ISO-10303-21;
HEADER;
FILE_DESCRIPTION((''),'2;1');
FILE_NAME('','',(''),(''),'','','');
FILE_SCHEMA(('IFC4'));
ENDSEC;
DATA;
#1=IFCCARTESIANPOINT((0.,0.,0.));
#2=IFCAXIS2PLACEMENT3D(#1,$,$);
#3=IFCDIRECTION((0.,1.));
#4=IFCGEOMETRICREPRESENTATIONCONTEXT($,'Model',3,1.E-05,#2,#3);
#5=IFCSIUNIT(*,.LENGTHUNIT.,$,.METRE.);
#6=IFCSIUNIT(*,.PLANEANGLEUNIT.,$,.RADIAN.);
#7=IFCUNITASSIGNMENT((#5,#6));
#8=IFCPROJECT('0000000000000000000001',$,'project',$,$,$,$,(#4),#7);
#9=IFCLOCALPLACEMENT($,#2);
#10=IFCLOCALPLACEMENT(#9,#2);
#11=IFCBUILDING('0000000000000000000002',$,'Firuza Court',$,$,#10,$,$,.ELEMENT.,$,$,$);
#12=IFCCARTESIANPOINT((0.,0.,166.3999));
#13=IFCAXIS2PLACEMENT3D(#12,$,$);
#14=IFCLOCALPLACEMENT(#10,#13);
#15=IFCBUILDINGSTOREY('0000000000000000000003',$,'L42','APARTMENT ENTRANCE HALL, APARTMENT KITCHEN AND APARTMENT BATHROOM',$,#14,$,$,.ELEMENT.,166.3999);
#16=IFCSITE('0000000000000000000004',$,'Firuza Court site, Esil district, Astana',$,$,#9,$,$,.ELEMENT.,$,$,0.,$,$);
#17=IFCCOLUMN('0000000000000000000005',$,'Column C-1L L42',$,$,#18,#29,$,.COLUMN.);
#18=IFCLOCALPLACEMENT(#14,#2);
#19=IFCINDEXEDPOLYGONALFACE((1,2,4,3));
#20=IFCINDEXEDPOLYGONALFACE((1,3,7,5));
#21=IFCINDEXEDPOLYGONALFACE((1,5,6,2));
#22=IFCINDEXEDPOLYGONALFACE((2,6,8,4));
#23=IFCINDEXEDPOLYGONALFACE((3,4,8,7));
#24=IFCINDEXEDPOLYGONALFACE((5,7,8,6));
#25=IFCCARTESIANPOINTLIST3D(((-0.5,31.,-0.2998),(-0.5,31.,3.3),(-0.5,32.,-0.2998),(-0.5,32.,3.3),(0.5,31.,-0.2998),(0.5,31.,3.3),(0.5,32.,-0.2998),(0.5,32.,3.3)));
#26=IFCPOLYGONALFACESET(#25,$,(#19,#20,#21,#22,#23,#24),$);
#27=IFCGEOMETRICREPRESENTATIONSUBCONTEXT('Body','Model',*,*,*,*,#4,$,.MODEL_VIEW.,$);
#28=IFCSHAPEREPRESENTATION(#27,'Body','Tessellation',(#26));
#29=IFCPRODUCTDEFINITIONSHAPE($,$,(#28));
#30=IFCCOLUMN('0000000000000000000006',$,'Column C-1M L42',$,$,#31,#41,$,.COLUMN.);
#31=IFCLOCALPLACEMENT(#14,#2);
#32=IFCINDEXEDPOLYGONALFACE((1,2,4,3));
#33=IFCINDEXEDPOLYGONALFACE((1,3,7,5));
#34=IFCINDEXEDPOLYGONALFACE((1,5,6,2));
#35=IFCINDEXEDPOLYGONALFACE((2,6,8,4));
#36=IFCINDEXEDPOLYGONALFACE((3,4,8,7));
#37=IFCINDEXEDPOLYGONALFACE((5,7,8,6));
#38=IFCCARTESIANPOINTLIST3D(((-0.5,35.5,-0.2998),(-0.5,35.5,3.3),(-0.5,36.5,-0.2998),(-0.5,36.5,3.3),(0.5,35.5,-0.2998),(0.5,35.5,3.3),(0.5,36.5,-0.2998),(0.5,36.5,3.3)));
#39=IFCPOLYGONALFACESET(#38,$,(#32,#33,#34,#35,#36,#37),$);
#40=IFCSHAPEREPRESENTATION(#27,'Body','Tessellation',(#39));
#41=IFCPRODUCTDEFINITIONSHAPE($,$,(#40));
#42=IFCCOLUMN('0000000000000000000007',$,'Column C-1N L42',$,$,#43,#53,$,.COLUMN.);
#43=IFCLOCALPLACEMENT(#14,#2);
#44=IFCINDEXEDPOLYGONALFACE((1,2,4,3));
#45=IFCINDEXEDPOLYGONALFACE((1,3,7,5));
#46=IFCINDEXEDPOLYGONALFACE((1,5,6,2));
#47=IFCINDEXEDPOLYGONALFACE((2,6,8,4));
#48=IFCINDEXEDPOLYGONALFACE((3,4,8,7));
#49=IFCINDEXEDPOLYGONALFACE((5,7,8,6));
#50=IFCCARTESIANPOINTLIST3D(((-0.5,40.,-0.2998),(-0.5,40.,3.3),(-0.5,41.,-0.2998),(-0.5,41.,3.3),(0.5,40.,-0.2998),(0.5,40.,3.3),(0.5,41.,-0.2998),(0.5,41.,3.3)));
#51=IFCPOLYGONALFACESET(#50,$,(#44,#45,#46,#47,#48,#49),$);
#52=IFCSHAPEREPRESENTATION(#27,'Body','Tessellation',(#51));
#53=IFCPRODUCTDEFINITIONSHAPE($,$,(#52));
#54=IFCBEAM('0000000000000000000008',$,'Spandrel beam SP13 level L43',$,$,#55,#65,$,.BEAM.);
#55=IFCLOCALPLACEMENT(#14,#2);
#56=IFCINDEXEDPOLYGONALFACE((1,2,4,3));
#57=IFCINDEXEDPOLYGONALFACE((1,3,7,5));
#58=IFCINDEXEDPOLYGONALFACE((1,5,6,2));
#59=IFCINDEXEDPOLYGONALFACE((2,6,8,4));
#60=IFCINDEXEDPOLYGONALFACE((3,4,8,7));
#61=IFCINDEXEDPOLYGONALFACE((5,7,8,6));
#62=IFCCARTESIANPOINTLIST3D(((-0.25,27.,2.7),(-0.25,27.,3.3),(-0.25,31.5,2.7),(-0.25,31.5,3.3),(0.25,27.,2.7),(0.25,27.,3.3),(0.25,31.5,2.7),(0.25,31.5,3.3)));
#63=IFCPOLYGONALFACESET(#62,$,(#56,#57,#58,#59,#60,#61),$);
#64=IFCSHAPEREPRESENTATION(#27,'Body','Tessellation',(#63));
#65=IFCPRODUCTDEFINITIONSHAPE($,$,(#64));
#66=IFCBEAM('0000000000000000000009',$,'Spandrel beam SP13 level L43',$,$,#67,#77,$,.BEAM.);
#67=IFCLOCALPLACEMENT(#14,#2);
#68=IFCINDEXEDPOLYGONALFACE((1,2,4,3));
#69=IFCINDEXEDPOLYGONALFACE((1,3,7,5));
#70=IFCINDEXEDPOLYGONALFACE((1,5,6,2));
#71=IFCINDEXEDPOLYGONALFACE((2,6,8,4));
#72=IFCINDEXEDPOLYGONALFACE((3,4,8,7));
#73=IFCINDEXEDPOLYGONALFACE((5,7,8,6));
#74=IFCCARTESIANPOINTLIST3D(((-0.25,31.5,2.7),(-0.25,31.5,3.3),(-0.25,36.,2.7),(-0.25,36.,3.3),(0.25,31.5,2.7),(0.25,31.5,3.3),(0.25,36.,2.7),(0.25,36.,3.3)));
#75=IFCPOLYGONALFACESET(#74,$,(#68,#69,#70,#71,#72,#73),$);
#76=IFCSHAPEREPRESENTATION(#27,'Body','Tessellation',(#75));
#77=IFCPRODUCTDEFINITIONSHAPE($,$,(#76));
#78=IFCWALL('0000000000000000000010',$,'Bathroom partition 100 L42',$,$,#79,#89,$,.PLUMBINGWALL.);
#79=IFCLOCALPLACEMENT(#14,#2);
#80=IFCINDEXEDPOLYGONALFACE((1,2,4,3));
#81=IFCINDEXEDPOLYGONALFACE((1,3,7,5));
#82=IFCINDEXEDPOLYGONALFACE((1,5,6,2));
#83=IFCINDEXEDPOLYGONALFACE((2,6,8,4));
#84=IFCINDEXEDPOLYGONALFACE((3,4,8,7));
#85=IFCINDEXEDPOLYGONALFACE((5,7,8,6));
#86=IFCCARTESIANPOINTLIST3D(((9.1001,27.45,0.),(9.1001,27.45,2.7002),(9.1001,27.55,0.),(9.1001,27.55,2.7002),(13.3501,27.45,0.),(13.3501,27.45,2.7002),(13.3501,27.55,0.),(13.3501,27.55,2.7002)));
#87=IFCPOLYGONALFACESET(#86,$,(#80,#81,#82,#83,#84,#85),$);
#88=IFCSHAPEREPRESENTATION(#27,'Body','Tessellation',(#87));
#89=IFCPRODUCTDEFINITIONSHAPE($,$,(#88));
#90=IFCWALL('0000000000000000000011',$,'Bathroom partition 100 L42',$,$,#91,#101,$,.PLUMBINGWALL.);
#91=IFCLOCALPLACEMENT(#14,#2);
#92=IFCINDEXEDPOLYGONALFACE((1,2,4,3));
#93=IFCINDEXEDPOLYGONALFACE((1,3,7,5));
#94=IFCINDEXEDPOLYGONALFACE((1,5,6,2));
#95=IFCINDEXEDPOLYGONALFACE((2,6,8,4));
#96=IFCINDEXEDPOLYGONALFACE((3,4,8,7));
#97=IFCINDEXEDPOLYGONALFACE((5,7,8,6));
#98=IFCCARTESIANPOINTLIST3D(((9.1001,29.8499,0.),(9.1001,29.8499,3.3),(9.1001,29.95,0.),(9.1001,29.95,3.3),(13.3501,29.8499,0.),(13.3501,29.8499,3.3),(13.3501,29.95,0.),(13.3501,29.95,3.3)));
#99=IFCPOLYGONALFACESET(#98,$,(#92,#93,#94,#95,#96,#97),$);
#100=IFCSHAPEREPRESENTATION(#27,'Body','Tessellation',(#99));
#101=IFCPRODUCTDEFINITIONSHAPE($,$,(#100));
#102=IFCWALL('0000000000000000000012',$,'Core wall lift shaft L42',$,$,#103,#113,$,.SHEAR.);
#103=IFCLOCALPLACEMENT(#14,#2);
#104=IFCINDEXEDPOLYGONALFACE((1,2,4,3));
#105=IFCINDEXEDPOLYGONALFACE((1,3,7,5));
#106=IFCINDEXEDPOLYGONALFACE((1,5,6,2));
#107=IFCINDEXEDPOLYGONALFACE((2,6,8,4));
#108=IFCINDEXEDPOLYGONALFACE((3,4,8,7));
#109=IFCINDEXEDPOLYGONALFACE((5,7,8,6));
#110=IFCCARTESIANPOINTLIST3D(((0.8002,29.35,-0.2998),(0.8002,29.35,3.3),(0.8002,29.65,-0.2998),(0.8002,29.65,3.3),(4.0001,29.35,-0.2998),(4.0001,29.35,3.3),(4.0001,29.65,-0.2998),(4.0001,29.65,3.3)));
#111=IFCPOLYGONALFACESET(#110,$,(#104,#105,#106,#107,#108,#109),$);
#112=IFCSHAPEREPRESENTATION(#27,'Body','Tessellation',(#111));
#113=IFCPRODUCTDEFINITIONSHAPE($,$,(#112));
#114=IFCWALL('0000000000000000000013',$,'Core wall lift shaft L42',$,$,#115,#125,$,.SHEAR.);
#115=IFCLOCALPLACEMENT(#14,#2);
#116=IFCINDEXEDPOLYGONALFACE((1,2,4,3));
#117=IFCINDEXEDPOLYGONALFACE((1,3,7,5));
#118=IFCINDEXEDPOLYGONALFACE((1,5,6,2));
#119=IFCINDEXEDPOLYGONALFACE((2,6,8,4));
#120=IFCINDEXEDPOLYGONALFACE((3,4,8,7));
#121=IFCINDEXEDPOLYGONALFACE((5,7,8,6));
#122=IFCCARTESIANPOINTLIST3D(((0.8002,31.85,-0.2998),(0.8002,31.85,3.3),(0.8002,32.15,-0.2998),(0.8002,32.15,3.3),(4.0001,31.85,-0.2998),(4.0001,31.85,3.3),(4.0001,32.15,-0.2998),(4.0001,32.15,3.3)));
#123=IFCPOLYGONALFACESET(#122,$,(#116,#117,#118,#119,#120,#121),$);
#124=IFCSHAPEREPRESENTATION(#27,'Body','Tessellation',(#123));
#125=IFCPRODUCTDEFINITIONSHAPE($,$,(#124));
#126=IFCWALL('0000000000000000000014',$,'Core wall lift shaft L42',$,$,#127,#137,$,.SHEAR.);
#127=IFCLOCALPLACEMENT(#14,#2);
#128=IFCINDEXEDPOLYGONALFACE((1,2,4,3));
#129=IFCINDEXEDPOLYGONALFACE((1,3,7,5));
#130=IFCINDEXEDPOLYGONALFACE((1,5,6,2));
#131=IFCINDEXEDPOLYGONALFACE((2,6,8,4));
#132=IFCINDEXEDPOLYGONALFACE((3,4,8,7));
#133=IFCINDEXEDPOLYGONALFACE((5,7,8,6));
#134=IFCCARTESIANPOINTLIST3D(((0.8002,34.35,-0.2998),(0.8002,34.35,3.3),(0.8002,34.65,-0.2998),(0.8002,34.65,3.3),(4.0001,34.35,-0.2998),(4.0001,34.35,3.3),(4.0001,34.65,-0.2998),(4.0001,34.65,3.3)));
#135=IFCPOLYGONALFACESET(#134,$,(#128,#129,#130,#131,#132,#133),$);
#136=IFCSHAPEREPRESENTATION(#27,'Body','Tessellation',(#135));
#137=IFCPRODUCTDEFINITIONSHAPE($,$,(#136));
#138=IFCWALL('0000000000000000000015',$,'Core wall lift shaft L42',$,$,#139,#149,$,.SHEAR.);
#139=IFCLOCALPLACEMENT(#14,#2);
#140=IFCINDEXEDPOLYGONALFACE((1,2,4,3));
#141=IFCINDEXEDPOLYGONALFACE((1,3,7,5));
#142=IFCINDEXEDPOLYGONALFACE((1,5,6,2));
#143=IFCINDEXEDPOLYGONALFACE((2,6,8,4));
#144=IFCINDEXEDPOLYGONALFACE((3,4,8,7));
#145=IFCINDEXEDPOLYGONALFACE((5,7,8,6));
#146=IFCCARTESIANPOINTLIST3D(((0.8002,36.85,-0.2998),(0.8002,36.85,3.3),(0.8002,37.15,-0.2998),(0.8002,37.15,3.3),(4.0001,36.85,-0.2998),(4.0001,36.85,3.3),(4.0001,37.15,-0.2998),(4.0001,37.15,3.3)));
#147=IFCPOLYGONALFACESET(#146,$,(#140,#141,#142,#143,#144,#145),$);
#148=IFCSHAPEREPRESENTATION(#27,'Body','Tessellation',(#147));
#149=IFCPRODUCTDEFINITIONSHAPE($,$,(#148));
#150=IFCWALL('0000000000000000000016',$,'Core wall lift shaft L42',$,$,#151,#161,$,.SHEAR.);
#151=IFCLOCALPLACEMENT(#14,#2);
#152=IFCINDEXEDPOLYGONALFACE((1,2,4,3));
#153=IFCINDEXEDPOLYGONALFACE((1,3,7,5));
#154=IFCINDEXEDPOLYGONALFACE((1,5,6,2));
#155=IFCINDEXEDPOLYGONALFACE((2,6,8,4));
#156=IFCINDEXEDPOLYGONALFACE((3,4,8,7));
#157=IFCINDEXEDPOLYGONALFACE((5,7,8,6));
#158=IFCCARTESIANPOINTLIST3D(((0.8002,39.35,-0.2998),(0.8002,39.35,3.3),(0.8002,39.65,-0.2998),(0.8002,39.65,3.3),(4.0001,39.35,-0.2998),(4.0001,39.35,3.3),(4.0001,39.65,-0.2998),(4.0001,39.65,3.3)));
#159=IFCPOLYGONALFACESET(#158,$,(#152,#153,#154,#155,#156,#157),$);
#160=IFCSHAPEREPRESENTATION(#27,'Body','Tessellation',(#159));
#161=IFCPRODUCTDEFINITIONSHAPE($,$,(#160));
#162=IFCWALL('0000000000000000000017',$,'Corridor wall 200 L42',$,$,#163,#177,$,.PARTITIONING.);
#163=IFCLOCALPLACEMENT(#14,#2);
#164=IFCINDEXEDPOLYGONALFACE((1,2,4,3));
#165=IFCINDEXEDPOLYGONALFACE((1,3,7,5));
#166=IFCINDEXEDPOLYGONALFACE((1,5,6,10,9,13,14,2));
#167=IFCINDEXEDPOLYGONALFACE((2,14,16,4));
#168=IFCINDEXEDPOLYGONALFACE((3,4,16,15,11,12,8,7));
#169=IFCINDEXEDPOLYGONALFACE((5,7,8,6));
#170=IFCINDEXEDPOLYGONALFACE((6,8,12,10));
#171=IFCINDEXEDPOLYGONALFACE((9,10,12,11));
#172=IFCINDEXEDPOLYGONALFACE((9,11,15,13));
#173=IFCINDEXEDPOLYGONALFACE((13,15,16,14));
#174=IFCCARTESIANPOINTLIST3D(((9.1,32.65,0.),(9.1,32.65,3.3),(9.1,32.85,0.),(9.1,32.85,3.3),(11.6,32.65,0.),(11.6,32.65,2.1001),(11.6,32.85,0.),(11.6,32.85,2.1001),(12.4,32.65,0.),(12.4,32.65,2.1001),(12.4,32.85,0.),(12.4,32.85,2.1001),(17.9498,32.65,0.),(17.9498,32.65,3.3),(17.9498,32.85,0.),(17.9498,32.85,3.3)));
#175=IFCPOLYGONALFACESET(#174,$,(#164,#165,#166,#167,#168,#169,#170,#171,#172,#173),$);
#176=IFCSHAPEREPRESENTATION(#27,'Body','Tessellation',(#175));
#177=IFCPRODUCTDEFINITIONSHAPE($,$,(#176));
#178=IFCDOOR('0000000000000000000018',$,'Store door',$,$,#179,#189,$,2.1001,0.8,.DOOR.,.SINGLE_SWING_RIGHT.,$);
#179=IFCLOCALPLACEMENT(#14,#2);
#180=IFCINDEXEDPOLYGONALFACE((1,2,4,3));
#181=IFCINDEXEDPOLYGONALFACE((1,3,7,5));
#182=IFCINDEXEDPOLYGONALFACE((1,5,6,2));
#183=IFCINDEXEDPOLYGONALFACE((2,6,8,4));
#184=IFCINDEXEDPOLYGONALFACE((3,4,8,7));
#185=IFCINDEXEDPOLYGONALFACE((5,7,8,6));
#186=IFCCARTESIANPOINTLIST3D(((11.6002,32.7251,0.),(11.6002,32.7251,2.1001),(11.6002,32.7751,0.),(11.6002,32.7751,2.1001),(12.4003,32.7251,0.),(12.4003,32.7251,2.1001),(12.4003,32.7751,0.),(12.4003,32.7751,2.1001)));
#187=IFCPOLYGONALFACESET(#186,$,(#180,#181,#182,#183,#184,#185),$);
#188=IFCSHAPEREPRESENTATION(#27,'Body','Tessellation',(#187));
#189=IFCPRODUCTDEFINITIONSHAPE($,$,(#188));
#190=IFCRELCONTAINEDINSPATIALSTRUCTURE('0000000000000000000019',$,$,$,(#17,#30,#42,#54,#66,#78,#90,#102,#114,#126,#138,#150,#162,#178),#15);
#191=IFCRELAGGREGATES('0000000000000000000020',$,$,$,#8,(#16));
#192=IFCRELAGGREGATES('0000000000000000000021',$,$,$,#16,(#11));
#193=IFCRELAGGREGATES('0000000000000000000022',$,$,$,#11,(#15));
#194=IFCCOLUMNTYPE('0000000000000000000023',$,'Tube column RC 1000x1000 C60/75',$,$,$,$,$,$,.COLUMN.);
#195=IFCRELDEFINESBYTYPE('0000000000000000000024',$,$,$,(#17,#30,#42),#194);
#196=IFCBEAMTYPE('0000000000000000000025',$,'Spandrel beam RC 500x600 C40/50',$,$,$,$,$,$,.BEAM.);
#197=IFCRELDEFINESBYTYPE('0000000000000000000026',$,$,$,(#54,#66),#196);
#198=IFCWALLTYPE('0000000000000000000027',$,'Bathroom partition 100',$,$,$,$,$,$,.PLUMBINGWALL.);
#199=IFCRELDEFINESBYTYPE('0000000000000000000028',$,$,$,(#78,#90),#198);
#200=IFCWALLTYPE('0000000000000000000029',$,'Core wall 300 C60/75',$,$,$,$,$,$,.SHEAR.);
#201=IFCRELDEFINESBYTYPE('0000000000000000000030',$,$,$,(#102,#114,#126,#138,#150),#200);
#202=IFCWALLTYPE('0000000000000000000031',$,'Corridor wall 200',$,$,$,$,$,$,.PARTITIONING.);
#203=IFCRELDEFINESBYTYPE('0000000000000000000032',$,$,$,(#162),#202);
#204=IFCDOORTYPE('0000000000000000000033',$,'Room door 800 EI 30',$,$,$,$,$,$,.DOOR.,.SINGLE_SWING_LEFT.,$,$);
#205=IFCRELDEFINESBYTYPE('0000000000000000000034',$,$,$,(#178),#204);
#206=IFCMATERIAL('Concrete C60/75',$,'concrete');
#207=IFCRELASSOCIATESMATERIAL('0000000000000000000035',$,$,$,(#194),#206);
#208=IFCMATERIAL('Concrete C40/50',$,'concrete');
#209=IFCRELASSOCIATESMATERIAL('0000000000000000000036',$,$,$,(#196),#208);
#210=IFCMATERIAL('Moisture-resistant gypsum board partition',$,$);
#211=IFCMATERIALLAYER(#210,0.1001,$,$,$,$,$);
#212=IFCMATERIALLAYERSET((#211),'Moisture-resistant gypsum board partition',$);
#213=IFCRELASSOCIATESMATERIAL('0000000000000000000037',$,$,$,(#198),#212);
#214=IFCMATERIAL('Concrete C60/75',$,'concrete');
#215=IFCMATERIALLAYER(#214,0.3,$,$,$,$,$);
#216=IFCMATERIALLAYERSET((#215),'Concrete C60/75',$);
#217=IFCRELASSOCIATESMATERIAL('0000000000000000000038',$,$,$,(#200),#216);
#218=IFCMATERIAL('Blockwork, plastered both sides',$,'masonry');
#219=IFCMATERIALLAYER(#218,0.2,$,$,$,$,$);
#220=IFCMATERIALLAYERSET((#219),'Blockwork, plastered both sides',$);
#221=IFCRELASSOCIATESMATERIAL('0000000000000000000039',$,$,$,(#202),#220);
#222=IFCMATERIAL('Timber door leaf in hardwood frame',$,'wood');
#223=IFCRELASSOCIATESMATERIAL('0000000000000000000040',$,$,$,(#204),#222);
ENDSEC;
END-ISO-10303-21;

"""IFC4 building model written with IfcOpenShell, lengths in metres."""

from ifc_helpers import new_model, si_unit, direction, frame, frame_2d, origin, origin_2d, place, context, subcontext, project, spatial, rectangle, extrude, material, layer, layer_set, material_profile, profile_set, type_object, element, fill, save


model = new_model("IFC4")

# Units and contexts
model_context = context("Model", 3, precision=1e-05, world=origin(), true_north=direction((0.0, 1.0)))
body_context = subcontext(model_context, "Body", "Model", "MODEL_VIEW")
ifc_project = project(units=[si_unit("LENGTHUNIT", "METRE"), si_unit("PLANEANGLEUNIT", "RADIAN")], contexts=[model_context])

# Site, building, storey
site_placement = place(None, origin())
site = spatial("IfcSite", under=ifc_project, at=site_placement, Name="Firuza Court site, Esil district, Astana", CompositionType="ELEMENT", RefElevation=0.0)
building_placement = place(site_placement, origin())
building = spatial("IfcBuilding", under=site, at=building_placement, Name="Firuza Court", CompositionType="ELEMENT")
storey_placement = place(building_placement, frame((0.0, 0.0, 166.3999)))
storey = spatial("IfcBuildingStorey", under=building, at=storey_placement, Name="L42", Description="APARTMENT ENTRANCE HALL, APARTMENT KITCHEN AND APARTMENT BATHROOM", CompositionType="ELEMENT", Elevation=166.3999)

# Columns
ifc_material_1 = material(Name="Concrete C60/75", Category="concrete")
ifc_material_profile_1 = material_profile(ifc_material_1, rectangle(XDim=1.0, YDim=1.0, at=origin_2d()), Name="RC 1000x1000")
ifc_profile_set_1 = profile_set([ifc_material_profile_1], Name="Concrete C60/75")
column_type = type_object("IfcColumnType", Name="Tube column RC 1000x1000 C60/75", PredefinedType="COLUMN", material=ifc_profile_set_1)
for number, where, z_axis, x_axis, name in (
    (1, (0.0, 31.5, -0.2998), (0.0, 0.0, 1.0), (1.0, 0.0, 0.0), "Column C-1L L42"),
    (2, (0.0, 36.0, -0.2998), (0.0, 0.0, 1.0), (1.0, 0.0, 0.0), "Column C-1M L42"),
    (3, (0.0, 40.5, -0.2998), (0.0, 0.0, 1.0), (1.0, 0.0, 0.0), "Column C-1N L42"),
):
    element("IfcColumn", number, at=place(storey_placement, frame(where, z_axis=z_axis, x_axis=x_axis)), inside=storey, type_object=column_type, Name=name, PredefinedType="COLUMN", context=body_context, shape_type="SweptSolid", body=[
        extrude(rectangle(XDim=1.0, YDim=1.0, at=origin_2d()), origin(), (0.0, 0.0, 1.0), 3.5999),
    ])

# Beams
ifc_material_2 = material(Name="Concrete C40/50", Category="concrete")
ifc_material_profile_2 = material_profile(ifc_material_2, rectangle(XDim=0.5, YDim=0.6001, at=origin_2d()), Name="RC 500x600")
ifc_profile_set_2 = profile_set([ifc_material_profile_2], Name="Concrete C40/50")
beam_type = type_object("IfcBeamType", Name="Spandrel beam RC 500x600 C40/50", PredefinedType="BEAM", material=ifc_profile_set_2)
for number, where, z_axis, x_axis, name in (
    (4, (0.0, 31.5, 3.0), (0.0, -1.0, 0.0), (1.0, 0.0, 0.0), "Spandrel beam SP13 level L43"),
    (5, (0.0, 36.0, 3.0), (0.0, -1.0, 0.0), (1.0, 0.0, 0.0), "Spandrel beam SP13 level L43"),
):
    element("IfcBeam", number, at=place(storey_placement, frame(where, z_axis=z_axis, x_axis=x_axis)), inside=storey, type_object=beam_type, Name=name, PredefinedType="BEAM", context=body_context, shape_type="SweptSolid", body=[
        extrude(rectangle(XDim=0.5, YDim=0.6001, at=origin_2d()), origin(), (0.0, 0.0, 1.0), 4.5),
    ])

# Walls
ifc_material_3 = material(Name="Moisture-resistant gypsum board partition")
ifc_layer_1 = layer(ifc_material_3, 0.1001)
ifc_layer_set_1 = layer_set([ifc_layer_1], Name="Moisture-resistant gypsum board partition")
wall_type_1 = type_object("IfcWallType", Name="Bathroom partition 100", PredefinedType="PLUMBINGWALL", material=ifc_layer_set_1)
wall_1_placement = place(storey_placement, frame((9.1001, 27.5, 0.0), z_axis=(0.0, 0.0, 1.0), x_axis=(1.0, 0.0, 0.0)))
element("IfcWall", 6, at=wall_1_placement, inside=storey, type_object=wall_type_1, Name="Bathroom partition 100 L42", PredefinedType="PLUMBINGWALL", context=body_context, shape_type="SweptSolid", body=[
    extrude(rectangle(XDim=4.25, YDim=0.1001, at=frame_2d((2.125, 0.0))), origin(), (0.0, 0.0, 1.0), 2.7002),
])
wall_2_placement = place(storey_placement, frame((9.1001, 29.8999, 0.0), z_axis=(0.0, 0.0, 1.0), x_axis=(1.0, 0.0, 0.0)))
element("IfcWall", 7, at=wall_2_placement, inside=storey, type_object=wall_type_1, Name="Bathroom partition 100 L42", PredefinedType="PLUMBINGWALL", context=body_context, shape_type="SweptSolid", body=[
    extrude(rectangle(XDim=4.25, YDim=0.1001, at=frame_2d((2.125, 0.0))), origin(), (0.0, 0.0, 1.0), 3.3),
])
ifc_material_4 = material(Name="Concrete C60/75", Category="concrete")
ifc_layer_2 = layer(ifc_material_4, 0.3)
ifc_layer_set_2 = layer_set([ifc_layer_2], Name="Concrete C60/75")
wall_type_2 = type_object("IfcWallType", Name="Core wall 300 C60/75", PredefinedType="SHEAR", material=ifc_layer_set_2)
for number, where, z_axis, x_axis, name in (
    (8, (0.8, 29.5, -0.2998), (0.0, 0.0, 1.0), (1.0, 0.0, 0.0), "Core wall lift shaft L42"),
    (9, (0.8, 32.0, -0.2998), (0.0, 0.0, 1.0), (1.0, 0.0, 0.0), "Core wall lift shaft L42"),
    (10, (0.8, 34.5, -0.2998), (0.0, 0.0, 1.0), (1.0, 0.0, 0.0), "Core wall lift shaft L42"),
    (11, (0.8, 37.0, -0.2998), (0.0, 0.0, 1.0), (1.0, 0.0, 0.0), "Core wall lift shaft L42"),
    (12, (0.8, 39.5, -0.2998), (0.0, 0.0, 1.0), (1.0, 0.0, 0.0), "Core wall lift shaft L42"),
):
    element("IfcWall", number, at=place(storey_placement, frame(where, z_axis=z_axis, x_axis=x_axis)), inside=storey, type_object=wall_type_2, Name=name, PredefinedType="SHEAR", context=body_context, shape_type="SweptSolid", body=[
        extrude(rectangle(XDim=3.2, YDim=0.3, at=frame_2d((1.6001, 0.0))), origin(), (0.0, 0.0, 1.0), 3.5999),
    ])

# Wall, opening, door
ifc_material_5 = material(Name="Blockwork, plastered both sides", Category="masonry")
ifc_layer_3 = layer(ifc_material_5, 0.2)
ifc_layer_set_3 = layer_set([ifc_layer_3], Name="Blockwork, plastered both sides")
wall_type_3 = type_object("IfcWallType", Name="Corridor wall 200", PredefinedType="PARTITIONING", material=ifc_layer_set_3)
wall_3_placement = place(storey_placement, frame((9.1001, 32.75, 0.0), z_axis=(0.0, 0.0, 1.0), x_axis=(1.0, 0.0, 0.0)))
wall_3 = element("IfcWall", 13, at=wall_3_placement, inside=storey, type_object=wall_type_3, Name="Corridor wall 200 L42", PredefinedType="PARTITIONING", context=body_context, shape_type="SweptSolid", body=[
    extrude(rectangle(XDim=8.8499, YDim=0.2, at=frame_2d((4.4248, 0.0))), origin(), (0.0, 0.0, 1.0), 3.3),
])
opening_1_placement = place(wall_3_placement, frame((2.5, 0.0, 0.0)))
opening_1 = element("IfcOpeningElement", 14, at=opening_1_placement, cuts=wall_3, PredefinedType="OPENING", context=body_context, shape_type="SweptSolid", body=[
    extrude(rectangle(XDim=0.8, YDim=2.1001, at=frame_2d((0.3999, 1.05))), frame((0.0, 0.1118, 0.0), z_axis=(0.0, -1.0, 0.0), x_axis=(1.0, 0.0, 0.0)), (0.0, 0.0, 1.0), 0.2239),
])
ifc_material_6 = material(Name="Timber door leaf in hardwood frame", Category="wood")
door_type_1 = type_object("IfcDoorType", Name="Room door 800 EI 30", OperationType="SINGLE_SWING_LEFT", PredefinedType="DOOR", material=ifc_material_6)
door_1_placement = place(opening_1_placement, frame((0.8, 0.0, 0.0), z_axis=(0.0, 0.0, 1.0), x_axis=(-1.0, 0.0, 0.0)))
door_1 = element("IfcDoor", 15, at=door_1_placement, inside=storey, type_object=door_type_1, Name="Store door", OperationType="SINGLE_SWING_RIGHT", OverallHeight=2.1001, OverallWidth=0.8, PredefinedType="DOOR", context=body_context, shape_type="SweptSolid", body=[
    extrude(rectangle(XDim=0.8, YDim=2.1001, at=frame_2d((0.3999, 1.05))), frame((0.0, 0.0249, 0.0), z_axis=(0.0, -1.0, 0.0), x_axis=(1.0, 0.0, 0.0)), (0.0, 0.0, 1.0), 0.05),
])
fill(opening_1, door_1)

save(model, "model.ifc")
